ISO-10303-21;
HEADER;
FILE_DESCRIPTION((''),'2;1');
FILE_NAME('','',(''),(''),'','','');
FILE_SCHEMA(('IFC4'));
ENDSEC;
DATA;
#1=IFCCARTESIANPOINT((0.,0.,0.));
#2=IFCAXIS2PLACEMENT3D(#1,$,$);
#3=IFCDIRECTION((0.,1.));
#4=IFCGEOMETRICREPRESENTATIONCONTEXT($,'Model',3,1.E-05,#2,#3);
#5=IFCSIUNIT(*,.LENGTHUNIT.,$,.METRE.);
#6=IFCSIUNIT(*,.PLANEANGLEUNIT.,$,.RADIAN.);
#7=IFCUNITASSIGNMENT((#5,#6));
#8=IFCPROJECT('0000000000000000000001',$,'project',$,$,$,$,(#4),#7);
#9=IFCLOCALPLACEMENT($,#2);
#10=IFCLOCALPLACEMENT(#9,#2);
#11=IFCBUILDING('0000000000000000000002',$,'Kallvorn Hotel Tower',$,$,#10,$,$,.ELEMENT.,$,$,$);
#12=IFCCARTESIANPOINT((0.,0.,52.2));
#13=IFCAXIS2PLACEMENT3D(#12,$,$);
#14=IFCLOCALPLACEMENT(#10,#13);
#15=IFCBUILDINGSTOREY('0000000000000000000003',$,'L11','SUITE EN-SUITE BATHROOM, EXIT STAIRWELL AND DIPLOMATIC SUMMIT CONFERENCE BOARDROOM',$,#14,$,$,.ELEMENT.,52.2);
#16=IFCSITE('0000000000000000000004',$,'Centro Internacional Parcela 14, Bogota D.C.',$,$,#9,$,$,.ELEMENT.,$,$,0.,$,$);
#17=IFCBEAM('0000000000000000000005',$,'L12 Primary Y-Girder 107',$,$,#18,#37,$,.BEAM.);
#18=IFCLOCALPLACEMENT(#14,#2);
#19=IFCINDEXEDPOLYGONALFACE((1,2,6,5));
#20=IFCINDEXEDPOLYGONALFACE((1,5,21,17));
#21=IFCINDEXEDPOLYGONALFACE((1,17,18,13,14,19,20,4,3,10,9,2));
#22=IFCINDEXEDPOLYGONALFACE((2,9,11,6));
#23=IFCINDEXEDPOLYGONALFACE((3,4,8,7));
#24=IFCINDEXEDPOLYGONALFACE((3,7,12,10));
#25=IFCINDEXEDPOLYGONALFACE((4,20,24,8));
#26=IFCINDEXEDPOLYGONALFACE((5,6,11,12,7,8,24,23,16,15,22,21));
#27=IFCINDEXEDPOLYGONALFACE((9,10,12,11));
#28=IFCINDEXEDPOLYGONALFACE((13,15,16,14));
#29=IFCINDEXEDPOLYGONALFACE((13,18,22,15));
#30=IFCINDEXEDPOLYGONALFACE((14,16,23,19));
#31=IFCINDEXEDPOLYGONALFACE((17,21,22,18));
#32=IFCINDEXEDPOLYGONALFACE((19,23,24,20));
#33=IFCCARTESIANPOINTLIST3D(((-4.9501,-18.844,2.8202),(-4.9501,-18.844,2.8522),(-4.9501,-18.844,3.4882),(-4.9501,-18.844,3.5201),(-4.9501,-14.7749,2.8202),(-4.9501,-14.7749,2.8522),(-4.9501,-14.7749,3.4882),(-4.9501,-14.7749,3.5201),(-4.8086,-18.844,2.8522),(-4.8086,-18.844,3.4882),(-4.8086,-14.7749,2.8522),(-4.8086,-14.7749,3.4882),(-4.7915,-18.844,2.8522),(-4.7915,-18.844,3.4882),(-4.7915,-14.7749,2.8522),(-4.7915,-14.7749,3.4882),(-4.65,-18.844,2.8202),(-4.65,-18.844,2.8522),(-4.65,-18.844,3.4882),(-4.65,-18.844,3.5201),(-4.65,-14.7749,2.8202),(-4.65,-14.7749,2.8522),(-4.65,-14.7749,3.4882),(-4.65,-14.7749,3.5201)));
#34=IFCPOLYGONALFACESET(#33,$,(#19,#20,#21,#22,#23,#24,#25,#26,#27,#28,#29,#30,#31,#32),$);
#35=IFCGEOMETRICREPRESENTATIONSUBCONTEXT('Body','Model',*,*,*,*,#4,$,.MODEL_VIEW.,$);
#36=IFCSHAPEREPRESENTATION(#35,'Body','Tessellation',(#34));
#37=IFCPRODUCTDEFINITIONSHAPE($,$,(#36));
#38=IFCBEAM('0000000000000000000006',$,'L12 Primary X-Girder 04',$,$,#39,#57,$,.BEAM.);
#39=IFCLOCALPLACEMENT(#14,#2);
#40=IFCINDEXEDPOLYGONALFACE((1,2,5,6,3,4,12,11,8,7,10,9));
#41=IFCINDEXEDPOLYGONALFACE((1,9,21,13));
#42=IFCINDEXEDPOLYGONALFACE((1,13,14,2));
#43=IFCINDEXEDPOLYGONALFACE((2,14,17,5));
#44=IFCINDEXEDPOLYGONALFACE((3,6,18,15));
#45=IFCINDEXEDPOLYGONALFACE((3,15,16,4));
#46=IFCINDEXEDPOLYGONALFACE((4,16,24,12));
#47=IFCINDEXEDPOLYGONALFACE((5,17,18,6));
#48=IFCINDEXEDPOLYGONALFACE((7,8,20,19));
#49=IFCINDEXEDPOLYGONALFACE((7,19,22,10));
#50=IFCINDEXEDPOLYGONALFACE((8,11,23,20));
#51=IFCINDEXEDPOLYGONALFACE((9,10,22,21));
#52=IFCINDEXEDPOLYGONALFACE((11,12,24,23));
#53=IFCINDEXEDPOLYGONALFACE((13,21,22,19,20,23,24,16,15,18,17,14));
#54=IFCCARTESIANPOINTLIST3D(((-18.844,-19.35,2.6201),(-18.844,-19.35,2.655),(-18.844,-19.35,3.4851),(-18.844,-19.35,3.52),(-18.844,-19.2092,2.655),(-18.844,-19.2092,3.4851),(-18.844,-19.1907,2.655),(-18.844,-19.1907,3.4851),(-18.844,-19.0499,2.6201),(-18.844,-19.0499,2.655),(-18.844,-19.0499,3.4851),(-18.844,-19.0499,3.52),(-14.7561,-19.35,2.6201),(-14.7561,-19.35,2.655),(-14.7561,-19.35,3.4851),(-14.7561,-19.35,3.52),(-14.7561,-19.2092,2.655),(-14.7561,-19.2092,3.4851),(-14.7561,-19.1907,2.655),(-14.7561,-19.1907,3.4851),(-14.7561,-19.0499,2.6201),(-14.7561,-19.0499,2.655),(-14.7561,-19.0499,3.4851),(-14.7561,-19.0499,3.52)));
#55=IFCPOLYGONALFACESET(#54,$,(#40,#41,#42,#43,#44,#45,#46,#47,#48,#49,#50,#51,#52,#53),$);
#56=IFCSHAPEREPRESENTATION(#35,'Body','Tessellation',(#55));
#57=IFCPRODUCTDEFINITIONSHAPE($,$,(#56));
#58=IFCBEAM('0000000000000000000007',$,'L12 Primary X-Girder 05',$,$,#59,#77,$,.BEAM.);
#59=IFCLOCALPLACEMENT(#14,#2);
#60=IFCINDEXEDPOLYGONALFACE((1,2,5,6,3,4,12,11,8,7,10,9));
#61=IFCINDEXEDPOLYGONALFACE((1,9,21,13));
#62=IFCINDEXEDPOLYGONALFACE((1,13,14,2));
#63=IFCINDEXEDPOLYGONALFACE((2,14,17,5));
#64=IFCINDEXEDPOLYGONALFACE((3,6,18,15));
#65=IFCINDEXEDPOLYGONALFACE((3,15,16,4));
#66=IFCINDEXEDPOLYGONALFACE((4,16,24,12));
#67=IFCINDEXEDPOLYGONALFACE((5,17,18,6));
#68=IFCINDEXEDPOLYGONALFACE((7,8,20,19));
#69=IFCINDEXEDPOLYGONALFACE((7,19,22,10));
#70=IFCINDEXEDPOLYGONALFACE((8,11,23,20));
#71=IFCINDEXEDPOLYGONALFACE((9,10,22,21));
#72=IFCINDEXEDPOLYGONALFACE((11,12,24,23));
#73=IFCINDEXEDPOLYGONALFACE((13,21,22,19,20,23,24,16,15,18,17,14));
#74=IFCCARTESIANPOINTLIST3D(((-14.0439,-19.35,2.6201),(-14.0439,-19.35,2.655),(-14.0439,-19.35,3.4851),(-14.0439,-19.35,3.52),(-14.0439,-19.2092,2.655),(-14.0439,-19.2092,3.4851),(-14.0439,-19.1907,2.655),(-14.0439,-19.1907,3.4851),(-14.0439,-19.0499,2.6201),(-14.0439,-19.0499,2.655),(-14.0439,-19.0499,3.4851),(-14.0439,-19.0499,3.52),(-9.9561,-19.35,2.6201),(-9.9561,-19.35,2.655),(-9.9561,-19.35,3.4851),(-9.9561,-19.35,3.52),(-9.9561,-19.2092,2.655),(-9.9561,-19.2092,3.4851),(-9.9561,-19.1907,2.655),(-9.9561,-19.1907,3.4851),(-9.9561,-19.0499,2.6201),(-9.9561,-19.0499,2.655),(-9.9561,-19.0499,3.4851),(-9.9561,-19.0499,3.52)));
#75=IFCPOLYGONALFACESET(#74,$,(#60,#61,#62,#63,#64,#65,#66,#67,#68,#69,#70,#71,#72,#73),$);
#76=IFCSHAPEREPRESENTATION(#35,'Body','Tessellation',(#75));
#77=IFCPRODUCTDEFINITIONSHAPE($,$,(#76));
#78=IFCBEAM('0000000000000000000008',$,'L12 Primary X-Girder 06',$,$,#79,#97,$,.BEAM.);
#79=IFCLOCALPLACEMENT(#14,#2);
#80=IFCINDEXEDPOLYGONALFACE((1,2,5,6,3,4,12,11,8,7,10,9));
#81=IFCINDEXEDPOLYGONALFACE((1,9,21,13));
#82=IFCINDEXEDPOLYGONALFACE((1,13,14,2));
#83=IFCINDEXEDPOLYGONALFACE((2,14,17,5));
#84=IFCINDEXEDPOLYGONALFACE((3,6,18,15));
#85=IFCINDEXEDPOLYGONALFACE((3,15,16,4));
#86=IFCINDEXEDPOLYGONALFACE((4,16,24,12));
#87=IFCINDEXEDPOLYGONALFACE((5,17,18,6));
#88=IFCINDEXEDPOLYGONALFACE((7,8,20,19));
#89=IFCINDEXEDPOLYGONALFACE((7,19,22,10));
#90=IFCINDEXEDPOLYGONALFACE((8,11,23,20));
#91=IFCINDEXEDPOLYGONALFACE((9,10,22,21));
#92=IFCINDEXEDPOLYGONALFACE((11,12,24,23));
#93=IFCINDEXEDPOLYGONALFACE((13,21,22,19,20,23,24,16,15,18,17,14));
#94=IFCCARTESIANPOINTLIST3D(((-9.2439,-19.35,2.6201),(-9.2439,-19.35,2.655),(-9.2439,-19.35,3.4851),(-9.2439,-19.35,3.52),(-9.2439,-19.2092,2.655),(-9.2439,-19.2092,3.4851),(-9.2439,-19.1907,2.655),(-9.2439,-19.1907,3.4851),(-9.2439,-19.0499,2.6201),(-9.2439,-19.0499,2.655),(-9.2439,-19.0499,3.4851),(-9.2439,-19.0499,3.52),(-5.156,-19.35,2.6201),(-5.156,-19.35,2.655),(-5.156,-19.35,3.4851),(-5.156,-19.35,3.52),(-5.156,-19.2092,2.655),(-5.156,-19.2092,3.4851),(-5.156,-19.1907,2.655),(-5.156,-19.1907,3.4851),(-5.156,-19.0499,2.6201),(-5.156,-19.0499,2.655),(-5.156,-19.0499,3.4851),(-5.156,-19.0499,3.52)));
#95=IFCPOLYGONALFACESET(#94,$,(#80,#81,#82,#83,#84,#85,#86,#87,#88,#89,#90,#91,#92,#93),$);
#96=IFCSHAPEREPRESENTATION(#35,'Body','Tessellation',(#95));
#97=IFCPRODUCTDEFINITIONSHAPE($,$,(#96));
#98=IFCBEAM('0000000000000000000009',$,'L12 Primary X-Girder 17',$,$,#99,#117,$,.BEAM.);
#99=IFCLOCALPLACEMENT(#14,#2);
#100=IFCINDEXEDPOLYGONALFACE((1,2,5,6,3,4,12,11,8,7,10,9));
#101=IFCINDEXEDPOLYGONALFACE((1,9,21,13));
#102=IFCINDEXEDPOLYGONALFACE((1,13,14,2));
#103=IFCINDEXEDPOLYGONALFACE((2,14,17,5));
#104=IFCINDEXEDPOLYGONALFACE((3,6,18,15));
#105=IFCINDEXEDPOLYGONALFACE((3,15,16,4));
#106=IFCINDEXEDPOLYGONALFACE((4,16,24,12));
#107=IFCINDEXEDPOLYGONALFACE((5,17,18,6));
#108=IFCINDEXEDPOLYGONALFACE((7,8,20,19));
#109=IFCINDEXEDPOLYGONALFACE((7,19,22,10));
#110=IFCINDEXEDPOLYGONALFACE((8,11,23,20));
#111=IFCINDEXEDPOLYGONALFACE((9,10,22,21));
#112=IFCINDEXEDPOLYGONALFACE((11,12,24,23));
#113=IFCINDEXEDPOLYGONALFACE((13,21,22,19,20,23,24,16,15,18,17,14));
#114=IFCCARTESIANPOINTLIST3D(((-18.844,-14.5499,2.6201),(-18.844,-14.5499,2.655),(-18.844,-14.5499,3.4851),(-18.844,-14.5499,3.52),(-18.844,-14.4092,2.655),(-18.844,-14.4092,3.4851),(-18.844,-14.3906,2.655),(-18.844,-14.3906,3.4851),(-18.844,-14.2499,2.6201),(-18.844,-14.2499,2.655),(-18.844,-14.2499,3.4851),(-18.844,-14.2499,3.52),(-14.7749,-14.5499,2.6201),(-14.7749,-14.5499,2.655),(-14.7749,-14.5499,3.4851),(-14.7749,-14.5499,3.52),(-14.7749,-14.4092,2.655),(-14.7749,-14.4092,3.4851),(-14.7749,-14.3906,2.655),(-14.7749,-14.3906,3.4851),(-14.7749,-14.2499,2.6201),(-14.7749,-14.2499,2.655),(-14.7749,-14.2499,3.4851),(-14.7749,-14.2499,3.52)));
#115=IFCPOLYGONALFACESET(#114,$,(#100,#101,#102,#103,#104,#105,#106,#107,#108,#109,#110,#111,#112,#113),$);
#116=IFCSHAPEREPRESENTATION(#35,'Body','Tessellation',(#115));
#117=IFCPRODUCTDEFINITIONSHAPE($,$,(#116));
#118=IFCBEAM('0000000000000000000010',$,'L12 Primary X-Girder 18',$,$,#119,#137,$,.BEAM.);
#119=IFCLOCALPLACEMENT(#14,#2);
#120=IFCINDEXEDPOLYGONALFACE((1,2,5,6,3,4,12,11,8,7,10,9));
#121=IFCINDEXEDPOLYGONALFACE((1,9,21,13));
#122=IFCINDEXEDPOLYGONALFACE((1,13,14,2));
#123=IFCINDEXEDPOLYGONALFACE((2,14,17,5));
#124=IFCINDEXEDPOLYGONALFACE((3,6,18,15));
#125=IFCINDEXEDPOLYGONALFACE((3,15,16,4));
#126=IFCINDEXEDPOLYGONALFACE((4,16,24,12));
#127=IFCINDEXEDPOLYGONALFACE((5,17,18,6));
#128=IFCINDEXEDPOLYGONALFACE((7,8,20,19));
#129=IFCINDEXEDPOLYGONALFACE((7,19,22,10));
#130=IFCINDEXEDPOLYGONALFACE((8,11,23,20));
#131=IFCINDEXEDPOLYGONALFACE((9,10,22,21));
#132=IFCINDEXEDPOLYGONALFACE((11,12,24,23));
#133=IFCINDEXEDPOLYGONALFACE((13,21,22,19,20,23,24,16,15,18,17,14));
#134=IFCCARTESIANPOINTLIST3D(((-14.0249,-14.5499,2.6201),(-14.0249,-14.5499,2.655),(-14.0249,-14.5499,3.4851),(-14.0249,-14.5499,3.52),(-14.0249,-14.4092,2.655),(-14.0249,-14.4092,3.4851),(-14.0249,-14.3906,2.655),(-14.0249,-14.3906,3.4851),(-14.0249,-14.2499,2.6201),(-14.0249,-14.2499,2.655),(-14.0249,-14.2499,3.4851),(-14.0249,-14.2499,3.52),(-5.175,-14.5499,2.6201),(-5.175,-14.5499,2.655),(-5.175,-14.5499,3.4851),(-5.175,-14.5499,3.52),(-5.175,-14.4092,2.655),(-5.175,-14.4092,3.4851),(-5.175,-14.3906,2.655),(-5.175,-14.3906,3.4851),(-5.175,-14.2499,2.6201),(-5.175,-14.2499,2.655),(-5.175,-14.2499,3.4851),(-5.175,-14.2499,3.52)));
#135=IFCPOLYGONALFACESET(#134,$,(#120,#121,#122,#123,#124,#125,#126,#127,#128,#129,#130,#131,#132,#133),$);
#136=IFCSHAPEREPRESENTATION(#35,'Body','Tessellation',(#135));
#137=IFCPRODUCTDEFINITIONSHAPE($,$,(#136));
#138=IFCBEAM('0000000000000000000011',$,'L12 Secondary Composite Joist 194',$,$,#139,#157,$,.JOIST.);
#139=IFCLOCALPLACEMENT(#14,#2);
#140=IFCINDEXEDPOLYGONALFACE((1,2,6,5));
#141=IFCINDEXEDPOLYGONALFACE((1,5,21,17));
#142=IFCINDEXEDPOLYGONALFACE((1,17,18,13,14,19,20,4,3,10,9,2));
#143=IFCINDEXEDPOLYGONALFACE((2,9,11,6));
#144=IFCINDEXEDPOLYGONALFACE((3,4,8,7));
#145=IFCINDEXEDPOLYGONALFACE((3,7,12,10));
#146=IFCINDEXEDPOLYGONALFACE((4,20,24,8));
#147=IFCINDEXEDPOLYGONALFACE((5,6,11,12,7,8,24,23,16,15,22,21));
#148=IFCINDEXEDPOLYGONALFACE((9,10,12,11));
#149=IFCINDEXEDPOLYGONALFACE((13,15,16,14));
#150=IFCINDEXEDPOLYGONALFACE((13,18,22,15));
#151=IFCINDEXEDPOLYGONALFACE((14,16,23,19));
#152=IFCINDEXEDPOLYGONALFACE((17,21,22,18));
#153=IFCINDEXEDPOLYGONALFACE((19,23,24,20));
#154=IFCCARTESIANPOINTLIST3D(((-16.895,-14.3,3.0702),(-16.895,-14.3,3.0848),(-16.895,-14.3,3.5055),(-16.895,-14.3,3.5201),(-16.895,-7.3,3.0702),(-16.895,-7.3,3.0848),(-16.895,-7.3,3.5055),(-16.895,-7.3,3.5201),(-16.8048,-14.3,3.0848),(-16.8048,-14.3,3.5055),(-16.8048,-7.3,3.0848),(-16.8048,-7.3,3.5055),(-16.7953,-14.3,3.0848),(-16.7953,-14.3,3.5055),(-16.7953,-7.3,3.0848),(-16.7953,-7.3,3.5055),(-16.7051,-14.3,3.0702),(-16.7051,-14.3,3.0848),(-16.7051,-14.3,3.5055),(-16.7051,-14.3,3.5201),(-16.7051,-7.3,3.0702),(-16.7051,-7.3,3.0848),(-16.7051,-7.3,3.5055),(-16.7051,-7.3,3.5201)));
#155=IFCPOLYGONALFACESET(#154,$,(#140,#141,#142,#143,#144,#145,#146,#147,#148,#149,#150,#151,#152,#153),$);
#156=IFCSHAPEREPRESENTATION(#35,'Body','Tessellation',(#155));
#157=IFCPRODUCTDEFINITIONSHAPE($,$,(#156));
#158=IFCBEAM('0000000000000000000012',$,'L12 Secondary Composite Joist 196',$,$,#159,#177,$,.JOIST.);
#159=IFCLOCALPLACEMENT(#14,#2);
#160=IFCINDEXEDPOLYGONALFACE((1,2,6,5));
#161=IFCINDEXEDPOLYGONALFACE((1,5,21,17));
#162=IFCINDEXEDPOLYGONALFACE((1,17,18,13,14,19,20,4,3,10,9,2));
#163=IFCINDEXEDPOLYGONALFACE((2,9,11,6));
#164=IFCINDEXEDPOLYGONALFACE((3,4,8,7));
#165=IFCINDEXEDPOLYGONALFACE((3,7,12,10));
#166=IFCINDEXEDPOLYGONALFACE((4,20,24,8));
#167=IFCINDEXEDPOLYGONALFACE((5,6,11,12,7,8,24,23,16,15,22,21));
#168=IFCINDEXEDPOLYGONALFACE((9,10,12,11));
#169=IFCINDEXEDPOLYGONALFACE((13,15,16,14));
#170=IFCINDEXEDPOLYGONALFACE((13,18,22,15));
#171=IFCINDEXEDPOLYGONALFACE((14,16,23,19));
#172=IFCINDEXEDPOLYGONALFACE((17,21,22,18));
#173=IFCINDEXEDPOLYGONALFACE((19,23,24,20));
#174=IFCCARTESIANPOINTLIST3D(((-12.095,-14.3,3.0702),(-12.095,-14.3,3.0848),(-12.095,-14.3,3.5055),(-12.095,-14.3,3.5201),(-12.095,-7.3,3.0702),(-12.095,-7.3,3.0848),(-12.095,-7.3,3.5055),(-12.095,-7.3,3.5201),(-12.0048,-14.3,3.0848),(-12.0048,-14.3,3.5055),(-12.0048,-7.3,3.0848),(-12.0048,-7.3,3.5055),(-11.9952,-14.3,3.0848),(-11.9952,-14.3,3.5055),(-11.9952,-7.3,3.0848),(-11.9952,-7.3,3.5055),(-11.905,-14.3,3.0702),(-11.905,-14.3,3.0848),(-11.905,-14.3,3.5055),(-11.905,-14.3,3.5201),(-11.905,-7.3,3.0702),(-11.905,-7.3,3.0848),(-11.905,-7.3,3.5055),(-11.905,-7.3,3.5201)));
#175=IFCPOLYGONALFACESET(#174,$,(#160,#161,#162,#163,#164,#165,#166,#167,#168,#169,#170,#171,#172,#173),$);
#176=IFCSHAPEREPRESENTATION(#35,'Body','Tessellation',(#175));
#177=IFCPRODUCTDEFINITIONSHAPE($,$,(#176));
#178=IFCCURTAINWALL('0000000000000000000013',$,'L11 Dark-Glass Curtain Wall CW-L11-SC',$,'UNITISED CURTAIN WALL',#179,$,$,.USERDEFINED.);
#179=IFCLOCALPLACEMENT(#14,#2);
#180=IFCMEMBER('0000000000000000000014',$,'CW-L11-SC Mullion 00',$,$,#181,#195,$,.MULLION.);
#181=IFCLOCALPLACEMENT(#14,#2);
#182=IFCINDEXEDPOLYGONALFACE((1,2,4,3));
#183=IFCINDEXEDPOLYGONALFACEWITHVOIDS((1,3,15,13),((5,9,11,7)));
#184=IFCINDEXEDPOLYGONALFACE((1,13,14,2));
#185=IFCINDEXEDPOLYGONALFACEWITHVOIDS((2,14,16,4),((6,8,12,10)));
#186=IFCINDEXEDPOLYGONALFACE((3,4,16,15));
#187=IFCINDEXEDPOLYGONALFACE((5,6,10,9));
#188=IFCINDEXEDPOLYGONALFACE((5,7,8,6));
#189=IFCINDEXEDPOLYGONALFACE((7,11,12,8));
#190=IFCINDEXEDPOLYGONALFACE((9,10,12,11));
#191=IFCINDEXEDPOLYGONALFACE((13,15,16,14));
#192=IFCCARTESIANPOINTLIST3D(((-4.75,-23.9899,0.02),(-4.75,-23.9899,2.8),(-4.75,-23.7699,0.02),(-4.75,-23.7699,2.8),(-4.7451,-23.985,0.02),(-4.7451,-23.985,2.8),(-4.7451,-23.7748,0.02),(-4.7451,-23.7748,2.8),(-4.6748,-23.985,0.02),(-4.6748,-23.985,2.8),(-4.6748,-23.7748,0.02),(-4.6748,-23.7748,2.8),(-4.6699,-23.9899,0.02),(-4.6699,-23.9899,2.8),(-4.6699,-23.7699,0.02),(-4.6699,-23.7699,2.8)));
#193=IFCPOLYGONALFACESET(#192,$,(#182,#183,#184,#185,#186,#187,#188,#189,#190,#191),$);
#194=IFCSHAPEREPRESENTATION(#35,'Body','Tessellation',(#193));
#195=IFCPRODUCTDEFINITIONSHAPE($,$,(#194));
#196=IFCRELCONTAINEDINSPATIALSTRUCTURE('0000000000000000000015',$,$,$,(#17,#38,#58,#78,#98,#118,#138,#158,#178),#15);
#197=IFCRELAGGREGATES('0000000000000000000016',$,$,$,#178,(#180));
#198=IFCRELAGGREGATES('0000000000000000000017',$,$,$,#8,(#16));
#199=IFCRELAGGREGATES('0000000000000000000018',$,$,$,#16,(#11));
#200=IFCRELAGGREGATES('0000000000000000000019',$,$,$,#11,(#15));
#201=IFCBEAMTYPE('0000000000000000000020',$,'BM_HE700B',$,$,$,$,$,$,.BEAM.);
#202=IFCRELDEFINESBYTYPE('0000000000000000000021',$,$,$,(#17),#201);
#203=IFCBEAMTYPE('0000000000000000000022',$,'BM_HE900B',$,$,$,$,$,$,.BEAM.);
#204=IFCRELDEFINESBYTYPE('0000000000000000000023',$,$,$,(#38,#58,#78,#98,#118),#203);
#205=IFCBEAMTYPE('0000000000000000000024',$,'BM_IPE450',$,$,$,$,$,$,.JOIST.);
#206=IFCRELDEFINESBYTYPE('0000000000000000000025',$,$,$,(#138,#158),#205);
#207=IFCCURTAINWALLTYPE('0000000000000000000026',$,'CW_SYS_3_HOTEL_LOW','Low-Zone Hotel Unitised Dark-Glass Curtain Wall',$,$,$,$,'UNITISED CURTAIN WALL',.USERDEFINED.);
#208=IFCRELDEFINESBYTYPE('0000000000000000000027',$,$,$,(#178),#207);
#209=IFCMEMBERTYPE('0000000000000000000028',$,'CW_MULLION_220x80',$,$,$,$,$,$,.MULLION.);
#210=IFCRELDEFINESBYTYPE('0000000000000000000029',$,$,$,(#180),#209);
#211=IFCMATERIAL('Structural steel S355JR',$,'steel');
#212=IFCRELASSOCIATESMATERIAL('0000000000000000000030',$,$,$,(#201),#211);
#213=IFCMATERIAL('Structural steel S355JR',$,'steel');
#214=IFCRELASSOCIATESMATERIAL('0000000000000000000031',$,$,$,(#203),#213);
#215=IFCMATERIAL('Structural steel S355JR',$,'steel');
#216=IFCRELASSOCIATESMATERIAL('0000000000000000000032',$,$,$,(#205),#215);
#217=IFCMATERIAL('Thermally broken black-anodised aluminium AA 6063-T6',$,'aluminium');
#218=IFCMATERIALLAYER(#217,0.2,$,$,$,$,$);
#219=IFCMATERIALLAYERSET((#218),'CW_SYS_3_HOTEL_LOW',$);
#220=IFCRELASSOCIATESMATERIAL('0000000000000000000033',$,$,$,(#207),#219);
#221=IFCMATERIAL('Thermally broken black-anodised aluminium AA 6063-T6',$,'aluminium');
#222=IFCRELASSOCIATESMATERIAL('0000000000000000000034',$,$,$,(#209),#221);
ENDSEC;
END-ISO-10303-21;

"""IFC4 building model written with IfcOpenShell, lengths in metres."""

from ifc_helpers import new_model, si_unit, direction, frame, origin, origin_2d, place, context, subcontext, project, spatial, hollow_rectangle, i_section, extrude, material, layer, layer_set, material_profile, profile_set, type_object, element, aggregate, save


model = new_model("IFC4")

# Units and contexts
model_context = context("Model", 3, precision=1e-05, world=origin(), true_north=direction((0.0, 1.0)))
body_context = subcontext(model_context, "Body", "Model", "MODEL_VIEW")
ifc_project = project(units=[si_unit("LENGTHUNIT", "METRE"), si_unit("PLANEANGLEUNIT", "RADIAN")], contexts=[model_context])

# Site, building, storey
site_placement = place(None, origin())
site = spatial("IfcSite", under=ifc_project, at=site_placement, Name="Centro Internacional Parcela 14, Bogota D.C.", CompositionType="ELEMENT", RefElevation=0.0)
building_placement = place(site_placement, origin())
building = spatial("IfcBuilding", under=site, at=building_placement, Name="Kallvorn Hotel Tower", CompositionType="ELEMENT")
storey_placement = place(building_placement, frame((0.0, 0.0, 52.2)))
storey = spatial("IfcBuildingStorey", under=building, at=storey_placement, Name="L11", Description="SUITE EN-SUITE BATHROOM, EXIT STAIRWELL AND DIPLOMATIC SUMMIT CONFERENCE BOARDROOM", CompositionType="ELEMENT", Elevation=52.2)

# Beams
ifc_material_1 = material(Name="Structural steel S355JR", Category="steel")
ifc_material_profile_1 = material_profile(ifc_material_1, i_section(OverallWidth=0.3, OverallDepth=0.7, WebThickness=0.0171, FlangeThickness=0.032, at=origin_2d()), Name="HE 700 B")
ifc_profile_set_1 = profile_set([ifc_material_profile_1], Name="Structural steel S355JR")
beam_type_1 = type_object("IfcBeamType", Name="BM_HE700B", PredefinedType="BEAM", material=ifc_profile_set_1)
beam_1_placement = place(storey_placement, frame((-4.8, -18.844, 3.1702), z_axis=(0.0, 1.0, 0.0), x_axis=(-1.0, 0.0, 0.0)))
element("IfcBeam", 1, at=beam_1_placement, inside=storey, type_object=beam_type_1, Name="L12 Primary Y-Girder 107", PredefinedType="BEAM", context=body_context, shape_type="SweptSolid", body=[
    extrude(i_section(OverallWidth=0.3, OverallDepth=0.7, WebThickness=0.0171, FlangeThickness=0.032, at=origin_2d()), origin(), (0.0, 0.0, 1.0), 4.0691),
])
ifc_material_2 = material(Name="Structural steel S355JR", Category="steel")
ifc_material_profile_2 = material_profile(ifc_material_2, i_section(OverallWidth=0.3, OverallDepth=0.8999, WebThickness=0.0186, FlangeThickness=0.0349, at=origin_2d()), Name="HE 900 B")
ifc_profile_set_2 = profile_set([ifc_material_profile_2], Name="Structural steel S355JR")
beam_type_2 = type_object("IfcBeamType", Name="BM_HE900B", PredefinedType="BEAM", material=ifc_profile_set_2)
for number, where, z_axis, x_axis, name in (
    (2, (-18.844, -19.2, 3.0701), (1.0, 0.0, 0.0), (0.0, 1.0, 0.0), "L12 Primary X-Girder 04"),
    (3, (-14.0439, -19.2, 3.0701), (1.0, 0.0, 0.0), (0.0, 1.0, 0.0), "L12 Primary X-Girder 05"),
    (4, (-9.2439, -19.2, 3.0701), (1.0, 0.0, 0.0), (0.0, 1.0, 0.0), "L12 Primary X-Girder 06"),
):
    element("IfcBeam", number, at=place(storey_placement, frame(where, z_axis=z_axis, x_axis=x_axis)), inside=storey, type_object=beam_type_2, Name=name, PredefinedType="BEAM", context=body_context, shape_type="SweptSolid", body=[
        extrude(i_section(OverallWidth=0.3, OverallDepth=0.8999, WebThickness=0.0186, FlangeThickness=0.0349, at=origin_2d()), origin(), (0.0, 0.0, 1.0), 4.0879),
    ])
beam_2_placement = place(storey_placement, frame((-18.844, -14.3999, 3.0701), z_axis=(1.0, 0.0, 0.0), x_axis=(0.0, 1.0, 0.0)))
element("IfcBeam", 5, at=beam_2_placement, inside=storey, type_object=beam_type_2, Name="L12 Primary X-Girder 17", PredefinedType="BEAM", context=body_context, shape_type="SweptSolid", body=[
    extrude(i_section(OverallWidth=0.3, OverallDepth=0.8999, WebThickness=0.0186, FlangeThickness=0.0349, at=origin_2d()), origin(), (0.0, 0.0, 1.0), 4.0691),
])
beam_3_placement = place(storey_placement, frame((-14.0249, -14.3999, 3.0701), z_axis=(1.0, 0.0, 0.0), x_axis=(0.0, 1.0, 0.0)))
element("IfcBeam", 6, at=beam_3_placement, inside=storey, type_object=beam_type_2, Name="L12 Primary X-Girder 18", PredefinedType="BEAM", context=body_context, shape_type="SweptSolid", body=[
    extrude(i_section(OverallWidth=0.3, OverallDepth=0.8999, WebThickness=0.0186, FlangeThickness=0.0349, at=origin_2d()), origin(), (0.0, 0.0, 1.0), 8.8499),
])
ifc_material_3 = material(Name="Structural steel S355JR", Category="steel")
ifc_material_profile_3 = material_profile(ifc_material_3, i_section(OverallWidth=0.1899, OverallDepth=0.45, WebThickness=0.0095, FlangeThickness=0.0146, at=origin_2d()), Name="IPE 450")
ifc_profile_set_3 = profile_set([ifc_material_profile_3], Name="Structural steel S355JR")
beam_type_3 = type_object("IfcBeamType", Name="BM_IPE450", PredefinedType="JOIST", material=ifc_profile_set_3)
for number, where, z_axis, x_axis, name in (
    (7, (-16.8, -14.3, 3.2952), (0.0, 1.0, 0.0), (-1.0, 0.0, 0.0), "L12 Secondary Composite Joist 194"),
    (8, (-12.0, -14.3, 3.2952), (0.0, 1.0, 0.0), (-1.0, 0.0, 0.0), "L12 Secondary Composite Joist 196"),
):
    element("IfcBeam", number, at=place(storey_placement, frame(where, z_axis=z_axis, x_axis=x_axis)), inside=storey, type_object=beam_type_3, Name=name, PredefinedType="JOIST", context=body_context, shape_type="SweptSolid", body=[
        extrude(i_section(OverallWidth=0.1899, OverallDepth=0.45, WebThickness=0.0095, FlangeThickness=0.0146, at=origin_2d()), origin(), (0.0, 0.0, 1.0), 7.0),
    ])

# Curtain wall, member
ifc_material_4 = material(Name="Thermally broken black-anodised aluminium AA 6063-T6", Category="aluminium")
ifc_layer_1 = layer(ifc_material_4, 0.2)
ifc_layer_set_1 = layer_set([ifc_layer_1], Name="CW_SYS_3_HOTEL_LOW")
curtain_wall_type = type_object("IfcCurtainWallType", Name="CW_SYS_3_HOTEL_LOW", Description="Low-Zone Hotel Unitised Dark-Glass Curtain Wall", ElementType="UNITISED CURTAIN WALL", PredefinedType="USERDEFINED", material=ifc_layer_set_1)
curtain_wall_placement = place(storey_placement, origin())
curtain_wall = element("IfcCurtainWall", 9, at=curtain_wall_placement, inside=storey, type_object=curtain_wall_type, Name="L11 Dark-Glass Curtain Wall CW-L11-SC", ObjectType="UNITISED CURTAIN WALL", PredefinedType="USERDEFINED")
ifc_material_5 = material(Name="Thermally broken black-anodised aluminium AA 6063-T6", Category="aluminium")
ifc_material_profile_4 = material_profile(ifc_material_5, hollow_rectangle(XDim=0.0801, YDim=0.22, WallThickness=0.0049, at=origin_2d()), Name="MUL 220x80")
ifc_profile_set_4 = profile_set([ifc_material_profile_4], Name="Thermally broken black-anodised aluminium AA 6063-T6")
member_type_1 = type_object("IfcMemberType", Name="CW_MULLION_220x80", PredefinedType="MULLION", material=ifc_profile_set_4)
member_1_placement = place(storey_placement, frame((-4.71, -23.8799, 0.02), z_axis=(0.0, 0.0, 1.0), x_axis=(1.0, 0.0, 0.0)))
member_1 = element("IfcMember", 10, at=member_1_placement, type_object=member_type_1, Name="CW-L11-SC Mullion 00", PredefinedType="MULLION", context=body_context, shape_type="SweptSolid", body=[
    extrude(hollow_rectangle(XDim=0.0801, YDim=0.22, WallThickness=0.0049, at=origin_2d()), origin(), (0.0, 0.0, 1.0), 2.78),
])
aggregate(curtain_wall, [member_1])

save(model, "model.ifc")
